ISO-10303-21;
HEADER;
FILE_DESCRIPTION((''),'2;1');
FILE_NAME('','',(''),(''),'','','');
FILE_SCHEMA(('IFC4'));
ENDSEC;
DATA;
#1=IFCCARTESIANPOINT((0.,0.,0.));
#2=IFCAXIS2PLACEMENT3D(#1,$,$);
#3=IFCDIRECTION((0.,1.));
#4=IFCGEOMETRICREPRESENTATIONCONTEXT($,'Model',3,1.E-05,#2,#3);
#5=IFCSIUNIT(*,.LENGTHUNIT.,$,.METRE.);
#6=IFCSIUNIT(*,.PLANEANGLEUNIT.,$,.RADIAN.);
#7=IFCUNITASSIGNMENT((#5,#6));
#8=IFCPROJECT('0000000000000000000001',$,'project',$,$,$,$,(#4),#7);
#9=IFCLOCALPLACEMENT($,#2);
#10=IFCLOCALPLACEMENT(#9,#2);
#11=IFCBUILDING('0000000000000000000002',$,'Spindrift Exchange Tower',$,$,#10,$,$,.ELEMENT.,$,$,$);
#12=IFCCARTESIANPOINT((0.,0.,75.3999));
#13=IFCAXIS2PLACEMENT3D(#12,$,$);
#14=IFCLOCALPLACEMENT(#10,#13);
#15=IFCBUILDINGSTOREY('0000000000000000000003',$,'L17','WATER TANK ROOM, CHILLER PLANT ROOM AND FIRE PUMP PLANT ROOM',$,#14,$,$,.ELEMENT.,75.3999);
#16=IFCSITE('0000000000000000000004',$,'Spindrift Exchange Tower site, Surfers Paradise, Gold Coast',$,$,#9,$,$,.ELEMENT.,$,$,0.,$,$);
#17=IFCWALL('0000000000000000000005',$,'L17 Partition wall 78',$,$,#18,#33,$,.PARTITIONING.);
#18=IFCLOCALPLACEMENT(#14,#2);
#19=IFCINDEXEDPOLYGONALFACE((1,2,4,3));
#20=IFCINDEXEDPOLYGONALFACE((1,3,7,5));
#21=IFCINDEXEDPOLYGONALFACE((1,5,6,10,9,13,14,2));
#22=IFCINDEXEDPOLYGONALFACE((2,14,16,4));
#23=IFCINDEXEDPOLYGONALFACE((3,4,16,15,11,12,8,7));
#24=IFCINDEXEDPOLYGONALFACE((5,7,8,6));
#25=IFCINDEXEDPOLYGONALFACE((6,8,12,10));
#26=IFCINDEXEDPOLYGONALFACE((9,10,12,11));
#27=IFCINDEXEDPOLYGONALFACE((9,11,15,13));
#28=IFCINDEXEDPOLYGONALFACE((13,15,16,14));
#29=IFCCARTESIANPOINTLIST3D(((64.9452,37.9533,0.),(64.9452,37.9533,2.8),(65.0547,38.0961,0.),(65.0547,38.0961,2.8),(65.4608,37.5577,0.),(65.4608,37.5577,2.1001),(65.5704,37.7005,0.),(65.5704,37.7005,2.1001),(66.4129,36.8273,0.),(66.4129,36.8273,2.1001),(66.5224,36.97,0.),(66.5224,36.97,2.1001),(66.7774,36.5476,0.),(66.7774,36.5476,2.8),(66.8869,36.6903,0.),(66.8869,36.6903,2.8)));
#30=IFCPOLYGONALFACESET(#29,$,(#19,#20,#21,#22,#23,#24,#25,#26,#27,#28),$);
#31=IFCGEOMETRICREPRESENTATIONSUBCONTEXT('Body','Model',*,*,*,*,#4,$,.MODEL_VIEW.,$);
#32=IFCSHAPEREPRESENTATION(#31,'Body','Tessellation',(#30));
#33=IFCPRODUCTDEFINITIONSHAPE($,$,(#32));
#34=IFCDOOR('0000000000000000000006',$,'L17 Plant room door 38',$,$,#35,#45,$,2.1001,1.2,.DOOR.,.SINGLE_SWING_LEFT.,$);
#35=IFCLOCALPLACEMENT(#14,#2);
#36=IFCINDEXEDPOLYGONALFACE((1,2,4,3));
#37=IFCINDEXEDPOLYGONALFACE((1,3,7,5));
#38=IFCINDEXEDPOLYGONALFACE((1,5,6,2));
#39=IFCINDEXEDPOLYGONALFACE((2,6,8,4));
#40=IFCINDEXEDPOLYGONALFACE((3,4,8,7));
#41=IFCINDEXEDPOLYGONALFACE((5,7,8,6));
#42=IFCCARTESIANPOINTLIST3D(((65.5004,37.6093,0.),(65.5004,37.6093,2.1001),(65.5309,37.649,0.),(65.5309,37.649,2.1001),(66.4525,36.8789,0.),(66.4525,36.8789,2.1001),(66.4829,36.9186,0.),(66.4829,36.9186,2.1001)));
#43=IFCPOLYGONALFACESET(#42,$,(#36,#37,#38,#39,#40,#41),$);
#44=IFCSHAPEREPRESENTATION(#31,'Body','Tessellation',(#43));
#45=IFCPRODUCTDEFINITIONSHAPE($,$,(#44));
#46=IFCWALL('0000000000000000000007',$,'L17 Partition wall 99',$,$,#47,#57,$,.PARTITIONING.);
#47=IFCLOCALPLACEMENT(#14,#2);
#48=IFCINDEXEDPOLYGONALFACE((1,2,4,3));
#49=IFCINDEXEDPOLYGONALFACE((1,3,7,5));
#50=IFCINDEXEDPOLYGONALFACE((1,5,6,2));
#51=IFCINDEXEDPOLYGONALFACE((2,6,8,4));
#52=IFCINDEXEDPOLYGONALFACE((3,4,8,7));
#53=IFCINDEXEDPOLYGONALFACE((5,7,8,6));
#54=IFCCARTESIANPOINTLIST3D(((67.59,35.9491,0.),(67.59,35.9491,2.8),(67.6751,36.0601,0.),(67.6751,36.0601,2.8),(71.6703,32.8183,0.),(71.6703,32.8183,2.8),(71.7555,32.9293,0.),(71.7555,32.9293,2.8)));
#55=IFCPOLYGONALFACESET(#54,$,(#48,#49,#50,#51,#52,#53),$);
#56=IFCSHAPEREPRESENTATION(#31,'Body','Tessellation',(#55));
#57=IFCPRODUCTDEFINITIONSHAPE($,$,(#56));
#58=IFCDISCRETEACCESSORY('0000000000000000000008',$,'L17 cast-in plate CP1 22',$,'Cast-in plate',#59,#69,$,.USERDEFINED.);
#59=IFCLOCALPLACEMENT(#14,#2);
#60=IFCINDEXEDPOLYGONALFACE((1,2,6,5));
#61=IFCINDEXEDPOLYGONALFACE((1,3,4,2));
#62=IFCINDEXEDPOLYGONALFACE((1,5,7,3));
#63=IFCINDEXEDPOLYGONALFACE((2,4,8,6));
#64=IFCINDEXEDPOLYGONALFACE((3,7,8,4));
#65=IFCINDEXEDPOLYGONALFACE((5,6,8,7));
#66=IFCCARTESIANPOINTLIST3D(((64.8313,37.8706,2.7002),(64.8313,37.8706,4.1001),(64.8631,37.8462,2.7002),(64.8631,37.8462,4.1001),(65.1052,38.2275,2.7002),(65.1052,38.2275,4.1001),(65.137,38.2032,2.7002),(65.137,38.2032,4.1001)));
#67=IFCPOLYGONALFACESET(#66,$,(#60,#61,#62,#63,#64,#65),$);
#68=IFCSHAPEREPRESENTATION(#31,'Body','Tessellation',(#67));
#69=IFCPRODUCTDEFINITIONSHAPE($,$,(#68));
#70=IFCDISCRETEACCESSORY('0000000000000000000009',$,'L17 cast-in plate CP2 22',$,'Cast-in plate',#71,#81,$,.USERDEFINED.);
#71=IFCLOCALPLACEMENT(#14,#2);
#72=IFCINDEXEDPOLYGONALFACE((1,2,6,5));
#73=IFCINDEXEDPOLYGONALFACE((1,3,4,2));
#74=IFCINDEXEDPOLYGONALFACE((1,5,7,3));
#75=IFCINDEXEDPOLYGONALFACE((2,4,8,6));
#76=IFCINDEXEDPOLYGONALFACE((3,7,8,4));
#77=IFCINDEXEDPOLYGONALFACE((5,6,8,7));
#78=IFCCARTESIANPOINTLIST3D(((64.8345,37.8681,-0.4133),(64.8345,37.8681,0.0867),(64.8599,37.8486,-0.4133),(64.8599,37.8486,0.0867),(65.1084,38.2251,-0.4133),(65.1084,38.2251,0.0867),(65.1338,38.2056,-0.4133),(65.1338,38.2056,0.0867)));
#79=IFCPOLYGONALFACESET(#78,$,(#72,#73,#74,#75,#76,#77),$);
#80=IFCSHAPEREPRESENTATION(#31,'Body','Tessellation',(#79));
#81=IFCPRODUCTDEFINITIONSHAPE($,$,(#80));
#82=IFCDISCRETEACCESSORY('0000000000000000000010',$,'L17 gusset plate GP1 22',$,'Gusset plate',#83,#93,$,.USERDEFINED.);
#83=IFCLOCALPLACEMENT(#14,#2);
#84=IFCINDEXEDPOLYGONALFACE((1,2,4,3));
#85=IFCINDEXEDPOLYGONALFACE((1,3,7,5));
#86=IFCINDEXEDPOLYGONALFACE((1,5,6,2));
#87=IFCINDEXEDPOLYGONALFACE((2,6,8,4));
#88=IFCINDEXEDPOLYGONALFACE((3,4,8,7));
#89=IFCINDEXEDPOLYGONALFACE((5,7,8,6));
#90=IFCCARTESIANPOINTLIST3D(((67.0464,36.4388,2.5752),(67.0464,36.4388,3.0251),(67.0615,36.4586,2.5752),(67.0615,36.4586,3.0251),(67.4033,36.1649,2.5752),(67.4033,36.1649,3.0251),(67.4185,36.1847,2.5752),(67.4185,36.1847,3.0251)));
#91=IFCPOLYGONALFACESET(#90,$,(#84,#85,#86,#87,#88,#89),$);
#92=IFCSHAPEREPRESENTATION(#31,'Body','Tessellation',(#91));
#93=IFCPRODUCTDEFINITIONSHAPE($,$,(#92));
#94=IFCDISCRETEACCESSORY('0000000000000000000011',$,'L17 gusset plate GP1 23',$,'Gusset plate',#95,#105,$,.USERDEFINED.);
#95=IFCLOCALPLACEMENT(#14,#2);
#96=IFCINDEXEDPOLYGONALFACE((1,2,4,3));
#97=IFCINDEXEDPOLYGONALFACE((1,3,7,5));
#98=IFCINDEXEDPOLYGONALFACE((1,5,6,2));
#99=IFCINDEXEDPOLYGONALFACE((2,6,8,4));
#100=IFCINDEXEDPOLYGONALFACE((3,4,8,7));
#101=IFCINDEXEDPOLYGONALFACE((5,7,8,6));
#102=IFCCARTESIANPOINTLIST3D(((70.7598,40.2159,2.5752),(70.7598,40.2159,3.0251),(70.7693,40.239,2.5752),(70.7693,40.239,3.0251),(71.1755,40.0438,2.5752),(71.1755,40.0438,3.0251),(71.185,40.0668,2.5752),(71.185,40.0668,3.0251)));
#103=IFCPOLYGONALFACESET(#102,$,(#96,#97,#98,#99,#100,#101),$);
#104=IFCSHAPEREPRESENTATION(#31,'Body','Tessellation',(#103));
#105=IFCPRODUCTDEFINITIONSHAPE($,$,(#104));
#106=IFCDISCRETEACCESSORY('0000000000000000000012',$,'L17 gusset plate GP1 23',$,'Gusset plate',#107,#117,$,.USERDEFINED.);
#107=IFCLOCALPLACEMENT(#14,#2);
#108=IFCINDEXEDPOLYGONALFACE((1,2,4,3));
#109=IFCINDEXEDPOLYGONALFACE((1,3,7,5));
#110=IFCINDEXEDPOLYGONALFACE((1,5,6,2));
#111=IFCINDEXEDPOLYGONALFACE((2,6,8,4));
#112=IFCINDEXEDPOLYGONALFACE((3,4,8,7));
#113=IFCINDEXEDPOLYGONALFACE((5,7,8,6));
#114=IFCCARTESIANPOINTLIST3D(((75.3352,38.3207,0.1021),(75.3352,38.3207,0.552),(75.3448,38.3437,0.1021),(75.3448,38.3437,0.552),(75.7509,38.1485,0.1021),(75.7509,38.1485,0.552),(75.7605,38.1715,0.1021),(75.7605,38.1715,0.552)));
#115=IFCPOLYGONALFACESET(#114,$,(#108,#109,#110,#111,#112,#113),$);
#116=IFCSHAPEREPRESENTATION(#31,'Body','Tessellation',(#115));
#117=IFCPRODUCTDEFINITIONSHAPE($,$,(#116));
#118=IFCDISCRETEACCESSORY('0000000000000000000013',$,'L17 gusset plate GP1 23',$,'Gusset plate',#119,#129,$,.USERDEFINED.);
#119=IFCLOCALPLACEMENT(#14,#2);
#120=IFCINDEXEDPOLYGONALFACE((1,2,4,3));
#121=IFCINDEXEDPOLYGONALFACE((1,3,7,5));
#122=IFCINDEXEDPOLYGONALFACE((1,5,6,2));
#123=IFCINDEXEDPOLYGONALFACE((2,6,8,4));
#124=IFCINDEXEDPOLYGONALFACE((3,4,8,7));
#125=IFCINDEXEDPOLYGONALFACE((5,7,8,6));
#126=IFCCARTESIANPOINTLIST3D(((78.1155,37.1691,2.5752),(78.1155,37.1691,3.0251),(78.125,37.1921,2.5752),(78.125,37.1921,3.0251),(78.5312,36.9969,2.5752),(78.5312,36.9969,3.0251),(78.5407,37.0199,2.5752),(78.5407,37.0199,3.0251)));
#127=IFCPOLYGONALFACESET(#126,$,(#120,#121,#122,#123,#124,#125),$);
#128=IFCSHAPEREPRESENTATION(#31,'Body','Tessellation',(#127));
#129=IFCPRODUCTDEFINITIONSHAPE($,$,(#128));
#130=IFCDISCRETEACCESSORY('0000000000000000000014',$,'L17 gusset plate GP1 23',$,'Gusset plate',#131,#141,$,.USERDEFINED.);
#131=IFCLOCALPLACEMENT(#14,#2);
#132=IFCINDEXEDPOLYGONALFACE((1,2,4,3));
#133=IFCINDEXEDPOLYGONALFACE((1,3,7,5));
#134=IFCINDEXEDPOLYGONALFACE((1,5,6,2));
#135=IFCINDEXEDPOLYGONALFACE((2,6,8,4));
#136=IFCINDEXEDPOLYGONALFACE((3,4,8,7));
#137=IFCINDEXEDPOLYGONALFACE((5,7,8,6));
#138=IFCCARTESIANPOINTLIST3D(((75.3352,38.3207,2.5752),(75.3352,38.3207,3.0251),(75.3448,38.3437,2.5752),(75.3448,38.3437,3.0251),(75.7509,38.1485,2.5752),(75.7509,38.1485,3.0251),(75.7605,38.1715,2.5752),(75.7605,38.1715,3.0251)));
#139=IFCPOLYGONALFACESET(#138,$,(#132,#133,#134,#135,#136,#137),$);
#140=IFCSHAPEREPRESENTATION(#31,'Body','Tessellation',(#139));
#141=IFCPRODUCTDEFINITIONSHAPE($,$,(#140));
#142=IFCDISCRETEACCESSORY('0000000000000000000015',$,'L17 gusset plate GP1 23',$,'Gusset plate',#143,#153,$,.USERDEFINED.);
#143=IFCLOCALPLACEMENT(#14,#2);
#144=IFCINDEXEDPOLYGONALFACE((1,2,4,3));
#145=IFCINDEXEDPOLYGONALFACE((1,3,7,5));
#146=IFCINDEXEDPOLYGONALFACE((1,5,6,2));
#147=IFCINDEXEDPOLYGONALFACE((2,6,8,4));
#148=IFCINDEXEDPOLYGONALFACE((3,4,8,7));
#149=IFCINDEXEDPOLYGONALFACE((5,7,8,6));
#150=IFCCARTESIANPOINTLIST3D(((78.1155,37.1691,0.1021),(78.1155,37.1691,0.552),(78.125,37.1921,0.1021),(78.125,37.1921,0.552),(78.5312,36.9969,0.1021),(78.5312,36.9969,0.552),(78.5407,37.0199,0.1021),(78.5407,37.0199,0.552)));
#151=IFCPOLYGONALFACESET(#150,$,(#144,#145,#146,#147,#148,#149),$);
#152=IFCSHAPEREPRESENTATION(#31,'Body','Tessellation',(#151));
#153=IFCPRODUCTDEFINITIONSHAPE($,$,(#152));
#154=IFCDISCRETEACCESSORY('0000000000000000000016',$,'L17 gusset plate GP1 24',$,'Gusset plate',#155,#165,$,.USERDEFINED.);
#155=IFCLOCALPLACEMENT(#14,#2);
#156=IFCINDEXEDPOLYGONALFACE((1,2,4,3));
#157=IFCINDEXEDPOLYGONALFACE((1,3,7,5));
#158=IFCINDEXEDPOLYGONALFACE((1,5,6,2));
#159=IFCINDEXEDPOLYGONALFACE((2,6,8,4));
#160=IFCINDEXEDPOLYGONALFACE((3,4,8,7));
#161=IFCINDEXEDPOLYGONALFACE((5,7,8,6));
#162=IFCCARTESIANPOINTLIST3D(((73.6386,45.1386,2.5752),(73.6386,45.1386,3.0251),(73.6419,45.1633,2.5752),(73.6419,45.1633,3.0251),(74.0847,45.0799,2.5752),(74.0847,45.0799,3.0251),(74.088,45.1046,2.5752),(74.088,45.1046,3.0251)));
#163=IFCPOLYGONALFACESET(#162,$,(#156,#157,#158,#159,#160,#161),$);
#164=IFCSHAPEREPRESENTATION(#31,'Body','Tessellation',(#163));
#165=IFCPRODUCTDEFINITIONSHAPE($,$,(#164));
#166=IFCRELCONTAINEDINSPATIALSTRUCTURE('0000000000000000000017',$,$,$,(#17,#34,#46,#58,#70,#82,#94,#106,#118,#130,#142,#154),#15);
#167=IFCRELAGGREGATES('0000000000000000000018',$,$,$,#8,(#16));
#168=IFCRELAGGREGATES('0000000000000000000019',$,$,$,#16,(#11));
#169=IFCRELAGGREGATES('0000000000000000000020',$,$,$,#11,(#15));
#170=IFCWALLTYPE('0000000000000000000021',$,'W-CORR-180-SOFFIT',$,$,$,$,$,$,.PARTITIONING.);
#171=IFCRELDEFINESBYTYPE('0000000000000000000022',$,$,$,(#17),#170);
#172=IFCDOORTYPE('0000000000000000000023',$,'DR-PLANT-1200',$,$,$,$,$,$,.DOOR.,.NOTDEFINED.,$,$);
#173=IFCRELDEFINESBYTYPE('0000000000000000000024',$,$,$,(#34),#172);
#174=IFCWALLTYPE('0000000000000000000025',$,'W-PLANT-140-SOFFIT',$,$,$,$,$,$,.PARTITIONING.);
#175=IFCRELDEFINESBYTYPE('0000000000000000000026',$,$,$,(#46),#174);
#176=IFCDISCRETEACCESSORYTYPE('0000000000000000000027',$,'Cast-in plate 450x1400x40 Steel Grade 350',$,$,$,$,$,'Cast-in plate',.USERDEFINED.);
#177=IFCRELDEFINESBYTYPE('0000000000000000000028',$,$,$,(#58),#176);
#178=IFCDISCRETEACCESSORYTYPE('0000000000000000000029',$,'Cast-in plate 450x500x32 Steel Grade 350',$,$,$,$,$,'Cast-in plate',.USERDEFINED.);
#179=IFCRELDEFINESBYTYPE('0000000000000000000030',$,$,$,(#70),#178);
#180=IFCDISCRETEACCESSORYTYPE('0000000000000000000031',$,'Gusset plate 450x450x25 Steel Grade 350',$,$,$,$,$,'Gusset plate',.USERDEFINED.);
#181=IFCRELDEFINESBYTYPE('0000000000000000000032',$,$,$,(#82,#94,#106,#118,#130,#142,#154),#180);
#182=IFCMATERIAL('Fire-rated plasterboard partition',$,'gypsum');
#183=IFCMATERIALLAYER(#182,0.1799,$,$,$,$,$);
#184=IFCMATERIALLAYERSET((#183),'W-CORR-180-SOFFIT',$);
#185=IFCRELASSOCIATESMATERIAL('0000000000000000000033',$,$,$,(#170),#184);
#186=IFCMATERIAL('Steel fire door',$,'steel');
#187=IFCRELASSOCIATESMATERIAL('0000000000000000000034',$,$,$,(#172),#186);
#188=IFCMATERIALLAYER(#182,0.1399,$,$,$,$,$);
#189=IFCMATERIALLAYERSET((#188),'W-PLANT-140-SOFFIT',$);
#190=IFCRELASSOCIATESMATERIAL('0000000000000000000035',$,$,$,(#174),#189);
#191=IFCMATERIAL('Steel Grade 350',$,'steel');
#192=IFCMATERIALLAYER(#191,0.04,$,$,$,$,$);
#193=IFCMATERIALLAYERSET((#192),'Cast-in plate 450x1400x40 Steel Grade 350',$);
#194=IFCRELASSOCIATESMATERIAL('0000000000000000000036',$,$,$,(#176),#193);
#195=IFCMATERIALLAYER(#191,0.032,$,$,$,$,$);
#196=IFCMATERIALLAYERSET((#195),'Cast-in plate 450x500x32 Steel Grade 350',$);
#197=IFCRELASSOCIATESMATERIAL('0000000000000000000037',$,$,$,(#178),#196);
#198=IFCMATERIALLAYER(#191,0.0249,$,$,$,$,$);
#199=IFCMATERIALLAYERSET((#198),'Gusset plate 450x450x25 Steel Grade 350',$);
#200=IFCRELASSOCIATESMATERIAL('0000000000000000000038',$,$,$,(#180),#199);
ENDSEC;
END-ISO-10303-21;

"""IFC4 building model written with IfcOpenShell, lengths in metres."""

from ifc_helpers import new_model, si_unit, direction, frame, frame_2d, origin, origin_2d, place, context, subcontext, project, spatial, rectangle, extrude, source, transform, mapped, material, layer, layer_set, type_object, element, fill, save


model = new_model("IFC4")

# Units and contexts
model_context = context("Model", 3, precision=1e-05, world=origin(), true_north=direction((0.0, 1.0)))
body_context = subcontext(model_context, "Body", "Model", "MODEL_VIEW")
ifc_project = project(units=[si_unit("LENGTHUNIT", "METRE"), si_unit("PLANEANGLEUNIT", "RADIAN")], contexts=[model_context])

# Site, building, storey
site_placement = place(None, origin())
site = spatial("IfcSite", under=ifc_project, at=site_placement, Name="Spindrift Exchange Tower site, Surfers Paradise, Gold Coast", CompositionType="ELEMENT", RefElevation=0.0)
building_placement = place(site_placement, origin())
building = spatial("IfcBuilding", under=site, at=building_placement, Name="Spindrift Exchange Tower", CompositionType="ELEMENT")
storey_placement = place(building_placement, frame((0.0, 0.0, 75.3999)))
storey = spatial("IfcBuildingStorey", under=building, at=storey_placement, Name="L17", Description="WATER TANK ROOM, CHILLER PLANT ROOM AND FIRE PUMP PLANT ROOM", CompositionType="ELEMENT", Elevation=75.3999)

# Wall, opening, door
ifc_material_1 = material(Name="Fire-rated plasterboard partition", Category="gypsum")
ifc_layer_1 = layer(ifc_material_1, 0.1799)
ifc_layer_set_1 = layer_set([ifc_layer_1], Name="W-CORR-180-SOFFIT")
wall_type_1 = type_object("IfcWallType", Name="W-CORR-180-SOFFIT", PredefinedType="PARTITIONING", material=ifc_layer_set_1)
wall_1_placement = place(storey_placement, frame((66.8323, 36.6189, 0.0), z_axis=(0.0, 0.0, 1.0), x_axis=(-0.793394, 0.608709, 0.0)))
wall_1 = element("IfcWall", 1, at=wall_1_placement, inside=storey, type_object=wall_type_1, Name="L17 Partition wall 78", PredefinedType="PARTITIONING", context=body_context, shape_type="SweptSolid", body=[
    extrude(rectangle(XDim=2.3093, YDim=0.1799, at=frame_2d((1.1548, 0.0))), origin(), (0.0, 0.0, 1.0), 2.8),
])
opening_placement = place(wall_1_placement, frame((0.4595, 0.0, 0.0)))
opening = element("IfcOpeningElement", 2, at=opening_placement, cuts=wall_1, PredefinedType="OPENING", context=body_context, shape_type="SweptSolid", body=[
    extrude(rectangle(XDim=1.2, YDim=2.1001, at=frame_2d((0.6001, 1.05))), frame((0.0, 0.0999, 0.0), z_axis=(0.0, -1.0, 0.0), x_axis=(1.0, 0.0, 0.0)), (0.0, 0.0, 1.0), 0.2),
])
ifc_material_2 = material(Name="Steel fire door", Category="steel")
door_type = type_object("IfcDoorType", Name="DR-PLANT-1200", OperationType="NOTDEFINED", PredefinedType="DOOR", material=ifc_material_2)
shared_shape_1 = source(origin(), body_context, "Body", "SweptSolid", [
    extrude(rectangle(XDim=1.2, YDim=2.1001, at=frame_2d((0.6001, 1.05))), frame((0.0, 0.0249, 0.0), z_axis=(0.0, -1.0, 0.0), x_axis=(1.0, 0.0, 0.0)), (0.0, 0.0, 1.0), 0.05),
])
door_placement = place(opening_placement, origin())
door = element("IfcDoor", 3, at=door_placement, inside=storey, type_object=door_type, Name="L17 Plant room door 38", OperationType="SINGLE_SWING_LEFT", OverallHeight=2.1001, OverallWidth=1.2, PredefinedType="DOOR", context=body_context, shape_type="MappedRepresentation", body=[
    mapped(shared_shape_1, transform((0.0, 0.0, 0.0), scale=1.0)),
])
fill(opening, door)

# Wall
ifc_layer_2 = layer(ifc_material_1, 0.1399)
ifc_layer_set_2 = layer_set([ifc_layer_2], Name="W-PLANT-140-SOFFIT")
wall_type_2 = type_object("IfcWallType", Name="W-PLANT-140-SOFFIT", PredefinedType="PARTITIONING", material=ifc_layer_set_2)
wall_2_placement = place(storey_placement, frame((67.6326, 36.0046, 0.0), z_axis=(0.0, 0.0, 1.0), x_axis=(0.793361, -0.608751, 0.0)))
element("IfcWall", 4, at=wall_2_placement, inside=storey, type_object=wall_type_2, Name="L17 Partition wall 99", PredefinedType="PARTITIONING", context=body_context, shape_type="SweptSolid", body=[
    extrude(rectangle(XDim=5.1431, YDim=0.1399, at=frame_2d((2.5715, 0.0))), origin(), (0.0, 0.0, 1.0), 2.8),
])

# Discrete accessories
ifc_material_3 = material(Name="Steel Grade 350", Category="steel")
ifc_layer_3 = layer(ifc_material_3, 0.04)
ifc_layer_set_3 = layer_set([ifc_layer_3], Name="Cast-in plate 450x1400x40 Steel Grade 350")
discrete_accessory_type_1 = type_object("IfcDiscreteAccessoryType", Name="Cast-in plate 450x1400x40 Steel Grade 350", ElementType="Cast-in plate", PredefinedType="USERDEFINED", material=ifc_layer_set_3)
shared_shape_2 = source(origin(), body_context, "Body", "SweptSolid", [
    extrude(rectangle(XDim=0.04, YDim=0.45, at=origin_2d()), origin(), (0.0, 0.0, 1.0), 1.3999),
])
discrete_accessory_1_placement = place(storey_placement, frame((64.9841, 38.0369, 2.7002), z_axis=(0.0, 0.0, 1.0), x_axis=(0.793353, -0.608761, 0.0)))
element("IfcDiscreteAccessory", 5, at=discrete_accessory_1_placement, inside=storey, type_object=discrete_accessory_type_1, Name="L17 cast-in plate CP1 22", ObjectType="Cast-in plate", PredefinedType="USERDEFINED", context=body_context, shape_type="MappedRepresentation", body=[
    mapped(shared_shape_2, transform((0.0, 0.0, 0.0), scale=1.0)),
])
ifc_layer_4 = layer(ifc_material_3, 0.032)
ifc_layer_set_4 = layer_set([ifc_layer_4], Name="Cast-in plate 450x500x32 Steel Grade 350")
discrete_accessory_type_2 = type_object("IfcDiscreteAccessoryType", Name="Cast-in plate 450x500x32 Steel Grade 350", ElementType="Cast-in plate", PredefinedType="USERDEFINED", material=ifc_layer_set_4)
shared_shape_3 = source(origin(), body_context, "Body", "SweptSolid", [
    extrude(rectangle(XDim=0.032, YDim=0.45, at=origin_2d()), origin(), (0.0, 0.0, 1.0), 0.5),
])
discrete_accessory_2_placement = place(storey_placement, frame((64.9841, 38.0369, -0.4133), z_axis=(0.0, 0.0, 1.0), x_axis=(0.793353, -0.608761, 0.0)))
element("IfcDiscreteAccessory", 6, at=discrete_accessory_2_placement, inside=storey, type_object=discrete_accessory_type_2, Name="L17 cast-in plate CP2 22", ObjectType="Cast-in plate", PredefinedType="USERDEFINED", context=body_context, shape_type="MappedRepresentation", body=[
    mapped(shared_shape_3, transform((0.0, 0.0, 0.0), scale=1.0)),
])
ifc_layer_5 = layer(ifc_material_3, 0.0249)
ifc_layer_set_5 = layer_set([ifc_layer_5], Name="Gusset plate 450x450x25 Steel Grade 350")
discrete_accessory_type_3 = type_object("IfcDiscreteAccessoryType", Name="Gusset plate 450x450x25 Steel Grade 350", ElementType="Gusset plate", PredefinedType="USERDEFINED", material=ifc_layer_set_5)
shared_shape_4 = source(origin(), body_context, "Body", "SweptSolid", [
    extrude(rectangle(XDim=0.45, YDim=0.0249, at=origin_2d()), origin(), (0.0, 0.0, 1.0), 0.45),
])
for number, where, z_axis, x_axis, name in (
    (7, (67.2324, 36.3118, 2.5752), (0.0, 0.0, 1.0), (0.793348, -0.608768, 0.0), "L17 gusset plate GP1 22"),
    (8, (70.9724, 40.1414, 2.5752), (0.0, 0.0, 1.0), (0.923883, -0.382675, 0.0), "L17 gusset plate GP1 23"),
    (9, (75.5479, 38.2461, 0.1021), (0.0, 0.0, 1.0), (0.923883, -0.382675, 0.0), "L17 gusset plate GP1 23"),
    (10, (78.3281, 37.0945, 2.5752), (0.0, 0.0, 1.0), (0.923877, -0.38269, 0.0), "L17 gusset plate GP1 23"),
    (11, (75.5479, 38.2461, 2.5752), (0.0, 0.0, 1.0), (0.92388, -0.382683, 0.0), "L17 gusset plate GP1 23"),
    (12, (78.3281, 37.0945, 0.1021), (0.0, 0.0, 1.0), (0.92388, -0.382683, 0.0), "L17 gusset plate GP1 23"),
    (13, (73.8633, 45.1216, 2.5752), (0.0, 0.0, 1.0), (0.991444, -0.130533, 0.0), "L17 gusset plate GP1 24"),
):
    element("IfcDiscreteAccessory", number, at=place(storey_placement, frame(where, z_axis=z_axis, x_axis=x_axis)), inside=storey, type_object=discrete_accessory_type_3, Name=name, ObjectType="Gusset plate", PredefinedType="USERDEFINED", context=body_context, shape_type="MappedRepresentation", body=[
        mapped(shared_shape_4, transform((0.0, 0.0, 0.0), scale=1.0)),
    ])

save(model, "model.ifc")
